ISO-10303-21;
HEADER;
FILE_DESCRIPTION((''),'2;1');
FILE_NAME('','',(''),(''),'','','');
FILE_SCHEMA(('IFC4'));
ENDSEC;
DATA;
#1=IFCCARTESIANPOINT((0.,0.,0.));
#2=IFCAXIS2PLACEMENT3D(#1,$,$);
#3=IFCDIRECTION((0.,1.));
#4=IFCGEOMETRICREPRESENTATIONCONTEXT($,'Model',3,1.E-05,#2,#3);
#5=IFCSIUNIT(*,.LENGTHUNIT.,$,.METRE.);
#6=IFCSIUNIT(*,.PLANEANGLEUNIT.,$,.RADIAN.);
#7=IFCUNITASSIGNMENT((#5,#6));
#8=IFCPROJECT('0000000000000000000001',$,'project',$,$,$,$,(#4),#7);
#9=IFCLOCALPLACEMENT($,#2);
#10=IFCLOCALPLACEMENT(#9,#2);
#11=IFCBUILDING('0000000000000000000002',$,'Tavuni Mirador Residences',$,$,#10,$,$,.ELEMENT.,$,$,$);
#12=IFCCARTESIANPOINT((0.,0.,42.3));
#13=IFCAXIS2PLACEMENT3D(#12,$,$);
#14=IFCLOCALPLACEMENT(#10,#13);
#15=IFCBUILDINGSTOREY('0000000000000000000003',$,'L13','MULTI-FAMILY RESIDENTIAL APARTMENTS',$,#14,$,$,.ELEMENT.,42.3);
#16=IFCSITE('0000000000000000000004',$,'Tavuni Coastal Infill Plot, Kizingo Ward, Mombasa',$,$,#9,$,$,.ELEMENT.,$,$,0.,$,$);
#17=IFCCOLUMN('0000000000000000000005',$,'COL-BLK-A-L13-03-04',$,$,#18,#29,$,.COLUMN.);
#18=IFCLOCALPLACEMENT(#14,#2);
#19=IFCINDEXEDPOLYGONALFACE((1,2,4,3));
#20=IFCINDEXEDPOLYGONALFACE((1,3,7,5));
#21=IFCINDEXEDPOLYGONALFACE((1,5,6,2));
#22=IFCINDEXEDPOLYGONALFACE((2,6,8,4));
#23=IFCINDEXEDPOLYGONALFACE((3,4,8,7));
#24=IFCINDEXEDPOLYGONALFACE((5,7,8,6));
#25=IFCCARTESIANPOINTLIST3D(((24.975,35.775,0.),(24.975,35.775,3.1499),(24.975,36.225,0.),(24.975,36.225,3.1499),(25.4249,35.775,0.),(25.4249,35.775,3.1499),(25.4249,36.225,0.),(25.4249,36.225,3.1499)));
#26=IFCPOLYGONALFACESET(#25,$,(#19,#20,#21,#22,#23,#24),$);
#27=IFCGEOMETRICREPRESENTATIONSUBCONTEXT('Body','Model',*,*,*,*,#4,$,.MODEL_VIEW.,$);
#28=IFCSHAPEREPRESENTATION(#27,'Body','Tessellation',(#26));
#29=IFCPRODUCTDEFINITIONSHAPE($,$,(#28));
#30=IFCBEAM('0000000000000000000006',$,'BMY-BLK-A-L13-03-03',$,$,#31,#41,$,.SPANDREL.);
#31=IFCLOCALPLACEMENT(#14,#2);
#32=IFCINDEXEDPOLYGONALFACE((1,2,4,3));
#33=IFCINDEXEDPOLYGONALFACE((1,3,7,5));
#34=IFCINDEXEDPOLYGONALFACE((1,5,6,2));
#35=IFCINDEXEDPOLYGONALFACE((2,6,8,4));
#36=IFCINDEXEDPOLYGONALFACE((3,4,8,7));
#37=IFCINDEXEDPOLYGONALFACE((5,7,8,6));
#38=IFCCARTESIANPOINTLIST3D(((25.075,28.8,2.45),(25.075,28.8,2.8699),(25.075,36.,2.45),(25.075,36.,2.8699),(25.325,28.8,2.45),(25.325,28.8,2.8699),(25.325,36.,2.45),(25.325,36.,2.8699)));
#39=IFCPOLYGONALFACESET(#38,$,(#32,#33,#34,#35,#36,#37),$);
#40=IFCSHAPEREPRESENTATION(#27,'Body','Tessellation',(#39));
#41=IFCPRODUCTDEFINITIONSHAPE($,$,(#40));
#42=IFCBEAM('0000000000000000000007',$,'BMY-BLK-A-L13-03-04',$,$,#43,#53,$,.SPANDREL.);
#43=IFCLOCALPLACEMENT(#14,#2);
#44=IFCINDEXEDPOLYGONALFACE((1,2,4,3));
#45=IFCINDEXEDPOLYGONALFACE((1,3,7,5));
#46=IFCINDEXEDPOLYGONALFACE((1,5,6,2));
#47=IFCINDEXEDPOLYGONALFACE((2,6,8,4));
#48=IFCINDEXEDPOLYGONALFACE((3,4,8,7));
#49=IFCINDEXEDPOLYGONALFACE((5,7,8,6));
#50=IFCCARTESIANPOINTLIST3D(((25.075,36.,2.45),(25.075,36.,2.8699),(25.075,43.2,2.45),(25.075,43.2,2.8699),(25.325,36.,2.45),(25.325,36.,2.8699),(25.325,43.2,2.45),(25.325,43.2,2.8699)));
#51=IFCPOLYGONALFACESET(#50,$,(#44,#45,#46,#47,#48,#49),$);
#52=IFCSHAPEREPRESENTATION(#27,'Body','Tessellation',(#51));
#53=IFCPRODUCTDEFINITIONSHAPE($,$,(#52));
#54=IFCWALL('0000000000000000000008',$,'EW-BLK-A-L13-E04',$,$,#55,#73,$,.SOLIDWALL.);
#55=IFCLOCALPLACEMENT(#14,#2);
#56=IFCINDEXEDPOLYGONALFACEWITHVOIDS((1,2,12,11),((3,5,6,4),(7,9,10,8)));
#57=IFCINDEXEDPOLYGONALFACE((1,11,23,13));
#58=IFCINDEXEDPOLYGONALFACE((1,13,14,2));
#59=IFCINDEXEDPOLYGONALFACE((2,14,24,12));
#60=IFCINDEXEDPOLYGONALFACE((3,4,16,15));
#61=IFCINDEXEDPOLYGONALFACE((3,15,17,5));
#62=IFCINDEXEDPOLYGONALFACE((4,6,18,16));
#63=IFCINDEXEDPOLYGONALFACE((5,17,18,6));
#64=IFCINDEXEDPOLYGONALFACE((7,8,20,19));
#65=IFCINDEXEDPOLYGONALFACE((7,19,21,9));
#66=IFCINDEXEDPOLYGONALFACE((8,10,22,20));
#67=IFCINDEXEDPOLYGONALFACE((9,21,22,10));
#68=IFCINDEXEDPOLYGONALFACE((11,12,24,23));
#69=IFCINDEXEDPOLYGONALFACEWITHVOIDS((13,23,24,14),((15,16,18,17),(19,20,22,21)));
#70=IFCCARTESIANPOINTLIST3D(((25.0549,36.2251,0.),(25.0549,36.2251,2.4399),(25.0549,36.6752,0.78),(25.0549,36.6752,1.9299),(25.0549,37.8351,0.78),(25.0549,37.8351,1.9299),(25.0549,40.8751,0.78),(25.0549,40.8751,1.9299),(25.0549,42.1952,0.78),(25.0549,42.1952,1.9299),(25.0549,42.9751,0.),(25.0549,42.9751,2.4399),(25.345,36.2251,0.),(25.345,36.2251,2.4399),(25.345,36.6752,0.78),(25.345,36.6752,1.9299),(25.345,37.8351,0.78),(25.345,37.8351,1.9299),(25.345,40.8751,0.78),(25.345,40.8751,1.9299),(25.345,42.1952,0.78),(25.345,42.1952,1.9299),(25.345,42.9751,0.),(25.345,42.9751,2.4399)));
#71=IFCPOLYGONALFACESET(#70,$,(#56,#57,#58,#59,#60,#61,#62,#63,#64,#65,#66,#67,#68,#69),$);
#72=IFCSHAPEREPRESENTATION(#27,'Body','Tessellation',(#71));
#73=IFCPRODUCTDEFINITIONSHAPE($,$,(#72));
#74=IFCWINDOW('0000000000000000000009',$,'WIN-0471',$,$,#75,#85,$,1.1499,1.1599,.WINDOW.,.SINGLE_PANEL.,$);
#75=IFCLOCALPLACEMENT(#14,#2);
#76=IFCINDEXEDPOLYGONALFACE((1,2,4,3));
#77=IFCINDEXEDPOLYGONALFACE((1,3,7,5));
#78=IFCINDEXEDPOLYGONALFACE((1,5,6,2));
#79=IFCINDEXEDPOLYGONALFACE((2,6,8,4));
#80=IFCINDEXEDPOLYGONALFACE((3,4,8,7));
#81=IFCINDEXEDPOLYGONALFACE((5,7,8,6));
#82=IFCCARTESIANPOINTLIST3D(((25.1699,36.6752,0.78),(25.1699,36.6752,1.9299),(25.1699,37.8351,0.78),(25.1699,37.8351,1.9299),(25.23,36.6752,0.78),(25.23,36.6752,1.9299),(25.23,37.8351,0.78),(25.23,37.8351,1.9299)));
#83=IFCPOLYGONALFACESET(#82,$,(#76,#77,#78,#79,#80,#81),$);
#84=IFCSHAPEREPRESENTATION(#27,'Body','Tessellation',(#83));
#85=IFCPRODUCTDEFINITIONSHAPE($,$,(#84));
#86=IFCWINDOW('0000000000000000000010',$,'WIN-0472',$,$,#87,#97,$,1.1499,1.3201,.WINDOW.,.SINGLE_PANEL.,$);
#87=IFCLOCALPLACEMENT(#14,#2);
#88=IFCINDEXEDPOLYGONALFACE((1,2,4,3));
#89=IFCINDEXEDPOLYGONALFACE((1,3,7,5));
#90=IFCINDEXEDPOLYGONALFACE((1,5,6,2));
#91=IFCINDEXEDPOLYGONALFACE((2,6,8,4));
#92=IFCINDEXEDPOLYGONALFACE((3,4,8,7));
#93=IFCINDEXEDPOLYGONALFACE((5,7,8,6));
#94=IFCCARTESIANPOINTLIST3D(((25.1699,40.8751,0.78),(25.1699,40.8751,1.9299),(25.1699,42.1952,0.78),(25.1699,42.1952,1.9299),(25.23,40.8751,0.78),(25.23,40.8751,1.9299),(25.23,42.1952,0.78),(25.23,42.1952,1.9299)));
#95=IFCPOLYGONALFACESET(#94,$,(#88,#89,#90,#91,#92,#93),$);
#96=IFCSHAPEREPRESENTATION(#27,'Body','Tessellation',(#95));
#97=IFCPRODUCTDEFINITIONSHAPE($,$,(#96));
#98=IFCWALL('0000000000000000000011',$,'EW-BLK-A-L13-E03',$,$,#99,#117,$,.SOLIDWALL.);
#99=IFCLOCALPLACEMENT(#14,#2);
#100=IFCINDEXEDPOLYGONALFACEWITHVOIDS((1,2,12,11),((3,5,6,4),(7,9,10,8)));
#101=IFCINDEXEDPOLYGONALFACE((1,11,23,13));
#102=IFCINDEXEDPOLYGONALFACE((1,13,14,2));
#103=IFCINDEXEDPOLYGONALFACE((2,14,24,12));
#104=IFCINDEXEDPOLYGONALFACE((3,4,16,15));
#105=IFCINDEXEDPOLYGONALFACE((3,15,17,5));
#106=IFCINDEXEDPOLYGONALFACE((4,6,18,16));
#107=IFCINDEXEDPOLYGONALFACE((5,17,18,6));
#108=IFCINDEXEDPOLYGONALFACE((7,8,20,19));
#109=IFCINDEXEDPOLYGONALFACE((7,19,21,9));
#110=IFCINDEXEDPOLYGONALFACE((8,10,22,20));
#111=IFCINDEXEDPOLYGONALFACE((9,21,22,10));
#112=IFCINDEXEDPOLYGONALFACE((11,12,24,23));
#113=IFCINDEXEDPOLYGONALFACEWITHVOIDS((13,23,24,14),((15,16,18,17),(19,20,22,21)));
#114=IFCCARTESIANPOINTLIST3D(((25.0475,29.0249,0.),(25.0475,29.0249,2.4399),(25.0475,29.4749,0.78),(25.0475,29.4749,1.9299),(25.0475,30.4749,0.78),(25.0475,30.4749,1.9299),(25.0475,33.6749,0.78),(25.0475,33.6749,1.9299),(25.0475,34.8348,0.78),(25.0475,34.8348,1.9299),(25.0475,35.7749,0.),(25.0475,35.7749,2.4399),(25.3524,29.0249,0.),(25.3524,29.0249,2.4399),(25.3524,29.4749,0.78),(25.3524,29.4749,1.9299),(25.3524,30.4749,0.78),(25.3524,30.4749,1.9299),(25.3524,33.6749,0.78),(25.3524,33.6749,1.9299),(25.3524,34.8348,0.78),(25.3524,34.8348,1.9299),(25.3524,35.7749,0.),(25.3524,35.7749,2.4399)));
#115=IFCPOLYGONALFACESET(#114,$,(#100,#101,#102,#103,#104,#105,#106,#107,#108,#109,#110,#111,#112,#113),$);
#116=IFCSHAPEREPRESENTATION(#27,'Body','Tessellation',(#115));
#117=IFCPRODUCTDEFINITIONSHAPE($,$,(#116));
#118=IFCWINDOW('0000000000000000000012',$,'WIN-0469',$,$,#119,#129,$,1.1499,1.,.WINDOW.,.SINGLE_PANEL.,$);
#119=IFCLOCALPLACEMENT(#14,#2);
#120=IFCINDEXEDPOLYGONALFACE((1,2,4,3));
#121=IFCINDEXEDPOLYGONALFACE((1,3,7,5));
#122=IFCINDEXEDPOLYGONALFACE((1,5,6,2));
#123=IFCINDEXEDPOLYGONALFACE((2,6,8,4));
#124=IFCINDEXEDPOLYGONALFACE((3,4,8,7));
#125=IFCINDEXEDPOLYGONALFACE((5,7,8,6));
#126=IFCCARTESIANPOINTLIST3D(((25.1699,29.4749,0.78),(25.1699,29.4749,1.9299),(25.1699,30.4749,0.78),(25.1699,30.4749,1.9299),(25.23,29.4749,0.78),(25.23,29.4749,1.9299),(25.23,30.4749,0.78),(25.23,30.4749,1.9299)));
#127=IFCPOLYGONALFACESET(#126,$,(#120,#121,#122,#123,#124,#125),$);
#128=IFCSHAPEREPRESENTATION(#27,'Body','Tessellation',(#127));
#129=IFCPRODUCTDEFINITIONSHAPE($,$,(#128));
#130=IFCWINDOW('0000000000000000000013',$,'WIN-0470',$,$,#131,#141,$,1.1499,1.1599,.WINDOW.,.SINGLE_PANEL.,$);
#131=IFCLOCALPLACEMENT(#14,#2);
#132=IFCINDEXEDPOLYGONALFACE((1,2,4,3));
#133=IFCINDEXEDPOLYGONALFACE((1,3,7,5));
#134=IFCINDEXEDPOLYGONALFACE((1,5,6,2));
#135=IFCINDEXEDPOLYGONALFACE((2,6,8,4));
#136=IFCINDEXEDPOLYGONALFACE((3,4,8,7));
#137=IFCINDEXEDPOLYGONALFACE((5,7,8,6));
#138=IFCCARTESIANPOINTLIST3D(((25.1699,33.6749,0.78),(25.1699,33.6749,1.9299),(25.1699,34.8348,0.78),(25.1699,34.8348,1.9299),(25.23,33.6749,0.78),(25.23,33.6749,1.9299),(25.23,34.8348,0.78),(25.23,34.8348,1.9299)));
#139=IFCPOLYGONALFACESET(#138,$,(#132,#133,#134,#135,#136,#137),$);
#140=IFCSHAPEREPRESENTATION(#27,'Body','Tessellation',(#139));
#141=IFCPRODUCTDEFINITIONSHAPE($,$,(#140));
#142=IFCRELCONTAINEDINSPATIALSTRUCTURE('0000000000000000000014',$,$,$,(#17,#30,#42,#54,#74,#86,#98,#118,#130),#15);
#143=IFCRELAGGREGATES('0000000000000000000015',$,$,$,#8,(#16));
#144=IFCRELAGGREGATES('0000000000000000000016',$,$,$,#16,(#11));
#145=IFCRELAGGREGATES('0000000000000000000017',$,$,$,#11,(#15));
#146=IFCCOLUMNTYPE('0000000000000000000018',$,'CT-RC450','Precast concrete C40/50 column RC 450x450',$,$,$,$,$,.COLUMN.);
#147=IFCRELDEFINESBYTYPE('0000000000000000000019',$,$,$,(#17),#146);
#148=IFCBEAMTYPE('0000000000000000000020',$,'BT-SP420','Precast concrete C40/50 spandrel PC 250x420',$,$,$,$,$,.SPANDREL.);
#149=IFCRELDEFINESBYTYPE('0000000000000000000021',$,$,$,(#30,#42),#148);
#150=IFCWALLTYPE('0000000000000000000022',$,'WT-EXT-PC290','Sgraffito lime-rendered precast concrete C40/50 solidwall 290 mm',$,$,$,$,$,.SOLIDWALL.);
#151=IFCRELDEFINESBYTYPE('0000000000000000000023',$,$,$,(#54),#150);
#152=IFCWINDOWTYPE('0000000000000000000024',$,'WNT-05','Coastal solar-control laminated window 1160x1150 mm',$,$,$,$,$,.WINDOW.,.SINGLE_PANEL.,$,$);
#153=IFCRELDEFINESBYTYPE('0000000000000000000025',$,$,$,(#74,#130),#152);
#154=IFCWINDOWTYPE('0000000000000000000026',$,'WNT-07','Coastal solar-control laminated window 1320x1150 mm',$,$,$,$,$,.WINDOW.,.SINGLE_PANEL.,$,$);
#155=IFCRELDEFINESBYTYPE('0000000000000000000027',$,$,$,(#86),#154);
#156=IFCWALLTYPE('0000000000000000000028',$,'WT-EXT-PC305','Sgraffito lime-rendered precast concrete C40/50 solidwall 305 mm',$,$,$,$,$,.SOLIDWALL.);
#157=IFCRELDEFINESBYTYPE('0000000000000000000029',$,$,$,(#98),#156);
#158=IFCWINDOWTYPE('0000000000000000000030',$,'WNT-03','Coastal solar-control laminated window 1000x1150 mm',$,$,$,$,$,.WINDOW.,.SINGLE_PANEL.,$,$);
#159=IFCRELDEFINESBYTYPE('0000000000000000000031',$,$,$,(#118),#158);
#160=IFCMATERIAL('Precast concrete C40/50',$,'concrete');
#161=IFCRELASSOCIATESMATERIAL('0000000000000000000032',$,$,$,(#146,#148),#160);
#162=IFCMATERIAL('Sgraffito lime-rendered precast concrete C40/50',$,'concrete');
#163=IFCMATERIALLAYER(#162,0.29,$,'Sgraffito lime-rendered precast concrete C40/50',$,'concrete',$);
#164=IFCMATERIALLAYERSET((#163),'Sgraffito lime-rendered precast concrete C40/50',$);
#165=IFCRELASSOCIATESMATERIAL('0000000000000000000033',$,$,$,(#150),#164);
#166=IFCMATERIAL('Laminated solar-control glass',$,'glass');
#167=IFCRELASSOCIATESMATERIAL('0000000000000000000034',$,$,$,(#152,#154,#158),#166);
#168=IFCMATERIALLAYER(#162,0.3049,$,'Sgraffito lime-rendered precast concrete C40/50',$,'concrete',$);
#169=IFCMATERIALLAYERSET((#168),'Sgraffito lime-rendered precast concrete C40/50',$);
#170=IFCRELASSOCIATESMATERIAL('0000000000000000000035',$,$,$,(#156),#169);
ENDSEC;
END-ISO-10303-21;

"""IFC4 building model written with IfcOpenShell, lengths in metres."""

from ifc_helpers import new_model, si_unit, direction, frame, frame_2d, origin, origin_2d, place, context, subcontext, project, spatial, rectangle, extrude, material, layer, layer_set, material_profile, profile_set, type_object, element, fill, save


model = new_model("IFC4")

# Units and contexts
model_context = context("Model", 3, precision=1e-05, world=origin(), true_north=direction((0.0, 1.0)))
body_context = subcontext(model_context, "Body", "Model", "MODEL_VIEW")
ifc_project = project(units=[si_unit("LENGTHUNIT", "METRE"), si_unit("PLANEANGLEUNIT", "RADIAN")], contexts=[model_context])

# Site, building, storey
site_placement = place(None, origin())
site = spatial("IfcSite", under=ifc_project, at=site_placement, Name="Tavuni Coastal Infill Plot, Kizingo Ward, Mombasa", CompositionType="ELEMENT", RefElevation=0.0)
building_placement = place(site_placement, origin())
building = spatial("IfcBuilding", under=site, at=building_placement, Name="Tavuni Mirador Residences", CompositionType="ELEMENT")
storey_placement = place(building_placement, frame((0.0, 0.0, 42.3)))
storey = spatial("IfcBuildingStorey", under=building, at=storey_placement, Name="L13", Description="MULTI-FAMILY RESIDENTIAL APARTMENTS", CompositionType="ELEMENT", Elevation=42.3)

# Column
ifc_material_1 = material(Name="Precast concrete C40/50", Category="concrete")
ifc_material_profile_1 = material_profile(ifc_material_1, rectangle(XDim=0.45, YDim=0.45, at=origin_2d()), Name="RC 450x450", Category="concrete")
ifc_profile_set_1 = profile_set([ifc_material_profile_1], Name="Precast concrete C40/50")
column_type = type_object("IfcColumnType", Name="CT-RC450", Description="Precast concrete C40/50 column RC 450x450", PredefinedType="COLUMN", material=ifc_profile_set_1)
column_placement = place(storey_placement, frame((25.2, 36.0, 0.0), z_axis=(0.0, 0.0, 1.0), x_axis=(1.0, 0.0, 0.0)))
element("IfcColumn", 1, at=column_placement, inside=storey, type_object=column_type, Name="COL-BLK-A-L13-03-04", PredefinedType="COLUMN", context=body_context, shape_type="SweptSolid", body=[
    extrude(rectangle(XDim=0.45, YDim=0.45, at=origin_2d()), origin(), (0.0, 0.0, 1.0), 3.1499),
])

# Beams
ifc_material_profile_2 = material_profile(ifc_material_1, rectangle(XDim=0.25, YDim=0.4199, at=origin_2d()), Name="PC 250x420", Category="concrete")
ifc_profile_set_2 = profile_set([ifc_material_profile_2], Name="Precast concrete C40/50")
beam_type = type_object("IfcBeamType", Name="BT-SP420", Description="Precast concrete C40/50 spandrel PC 250x420", PredefinedType="SPANDREL", material=ifc_profile_set_2)
for number, where, z_axis, x_axis, name in (
    (2, (25.2, 28.8, 2.6599), (0.0, 1.0, 0.0), (-1.0, 0.0, 0.0), "BMY-BLK-A-L13-03-03"),
    (3, (25.2, 36.0, 2.6599), (0.0, 1.0, 0.0), (-1.0, 0.0, 0.0), "BMY-BLK-A-L13-03-04"),
):
    element("IfcBeam", number, at=place(storey_placement, frame(where, z_axis=z_axis, x_axis=x_axis)), inside=storey, type_object=beam_type, Name=name, PredefinedType="SPANDREL", context=body_context, shape_type="SweptSolid", body=[
        extrude(rectangle(XDim=0.25, YDim=0.4199, at=origin_2d()), origin(), (0.0, 0.0, 1.0), 7.2),
    ])

# Walls, openings, windows
ifc_material_2 = material(Name="Sgraffito lime-rendered precast concrete C40/50", Category="concrete")
ifc_layer_1 = layer(ifc_material_2, 0.29, Name="Sgraffito lime-rendered precast concrete C40/50", Category="concrete")
ifc_layer_set_1 = layer_set([ifc_layer_1], Name="Sgraffito lime-rendered precast concrete C40/50")
wall_type_1 = type_object("IfcWallType", Name="WT-EXT-PC290", Description="Sgraffito lime-rendered precast concrete C40/50 solidwall 290 mm", PredefinedType="SOLIDWALL", material=ifc_layer_set_1)
wall_1_placement = place(storey_placement, frame((25.2, 36.2251, 0.0), z_axis=(0.0, 0.0, 1.0), x_axis=(0.0, 1.0, 0.0)))
wall_1 = element("IfcWall", 4, at=wall_1_placement, inside=storey, type_object=wall_type_1, Name="EW-BLK-A-L13-E04", PredefinedType="SOLIDWALL", context=body_context, shape_type="SweptSolid", body=[
    extrude(rectangle(XDim=6.75, YDim=0.29, at=frame_2d((3.375, 0.0))), origin(), (0.0, 0.0, 1.0), 2.4399),
])
opening_1_placement = place(wall_1_placement, frame((0.45, 0.0, 0.78)))
opening_1 = element("IfcOpeningElement", 5, at=opening_1_placement, cuts=wall_1, PredefinedType="OPENING", context=body_context, shape_type="SweptSolid", body=[
    extrude(rectangle(XDim=1.1599, YDim=1.1499, at=frame_2d((0.5801, 0.575))), frame((0.0, 0.155, 0.0), z_axis=(0.0, -1.0, 0.0), x_axis=(1.0, 0.0, 0.0)), (0.0, 0.0, 1.0), 0.3101),
])
opening_2_placement = place(wall_1_placement, frame((4.6499, 0.0, 0.78)))
opening_2 = element("IfcOpeningElement", 6, at=opening_2_placement, cuts=wall_1, PredefinedType="OPENING", context=body_context, shape_type="SweptSolid", body=[
    extrude(rectangle(XDim=1.3201, YDim=1.1499, at=frame_2d((0.6602, 0.575))), frame((0.0, 0.155, 0.0), z_axis=(0.0, -1.0, 0.0), x_axis=(1.0, 0.0, 0.0)), (0.0, 0.0, 1.0), 0.3101),
])
ifc_material_3 = material(Name="Laminated solar-control glass", Category="glass")
window_type_1 = type_object("IfcWindowType", Name="WNT-05", Description="Coastal solar-control laminated window 1160x1150 mm", PartitioningType="SINGLE_PANEL", PredefinedType="WINDOW", material=ifc_material_3)
window_1_placement = place(opening_1_placement, origin())
window_1 = element("IfcWindow", 7, at=window_1_placement, inside=storey, type_object=window_type_1, Name="WIN-0471", OverallHeight=1.1499, OverallWidth=1.1599, PartitioningType="SINGLE_PANEL", PredefinedType="WINDOW", context=body_context, shape_type="SweptSolid", body=[
    extrude(rectangle(XDim=1.1599, YDim=1.1499, at=frame_2d((0.5801, 0.575))), frame((0.0, 0.03, 0.0), z_axis=(0.0, -1.0, 0.0), x_axis=(1.0, 0.0, 0.0)), (0.0, 0.0, 1.0), 0.0601),
])
fill(opening_1, window_1)
window_type_2 = type_object("IfcWindowType", Name="WNT-07", Description="Coastal solar-control laminated window 1320x1150 mm", PartitioningType="SINGLE_PANEL", PredefinedType="WINDOW", material=ifc_material_3)
window_2_placement = place(opening_2_placement, origin())
window_2 = element("IfcWindow", 8, at=window_2_placement, inside=storey, type_object=window_type_2, Name="WIN-0472", OverallHeight=1.1499, OverallWidth=1.3201, PartitioningType="SINGLE_PANEL", PredefinedType="WINDOW", context=body_context, shape_type="SweptSolid", body=[
    extrude(rectangle(XDim=1.3201, YDim=1.1499, at=frame_2d((0.6602, 0.575))), frame((0.0, 0.03, 0.0), z_axis=(0.0, -1.0, 0.0), x_axis=(1.0, 0.0, 0.0)), (0.0, 0.0, 1.0), 0.0601),
])
fill(opening_2, window_2)
ifc_layer_2 = layer(ifc_material_2, 0.3049, Name="Sgraffito lime-rendered precast concrete C40/50", Category="concrete")
ifc_layer_set_2 = layer_set([ifc_layer_2], Name="Sgraffito lime-rendered precast concrete C40/50")
wall_type_2 = type_object("IfcWallType", Name="WT-EXT-PC305", Description="Sgraffito lime-rendered precast concrete C40/50 solidwall 305 mm", PredefinedType="SOLIDWALL", material=ifc_layer_set_2)
wall_2_placement = place(storey_placement, frame((25.2, 29.0249, 0.0), z_axis=(0.0, 0.0, 1.0), x_axis=(0.0, 1.0, 0.0)))
wall_2 = element("IfcWall", 9, at=wall_2_placement, inside=storey, type_object=wall_type_2, Name="EW-BLK-A-L13-E03", PredefinedType="SOLIDWALL", context=body_context, shape_type="SweptSolid", body=[
    extrude(rectangle(XDim=6.75, YDim=0.3049, at=frame_2d((3.375, 0.0))), origin(), (0.0, 0.0, 1.0), 2.4399),
])
opening_3_placement = place(wall_2_placement, frame((0.45, 0.0, 0.78)))
opening_3 = element("IfcOpeningElement", 10, at=opening_3_placement, cuts=wall_2, PredefinedType="OPENING", context=body_context, shape_type="SweptSolid", body=[
    extrude(rectangle(XDim=1.0, YDim=1.1499, at=frame_2d((0.5, 0.575))), frame((0.0, 0.1626, 0.0), z_axis=(0.0, -1.0, 0.0), x_axis=(1.0, 0.0, 0.0)), (0.0, 0.0, 1.0), 0.325),
])
opening_4_placement = place(wall_2_placement, frame((4.6499, 0.0, 0.78)))
opening_4 = element("IfcOpeningElement", 11, at=opening_4_placement, cuts=wall_2, PredefinedType="OPENING", context=body_context, shape_type="SweptSolid", body=[
    extrude(rectangle(XDim=1.1599, YDim=1.1499, at=frame_2d((0.5801, 0.575))), frame((0.0, 0.1626, 0.0), z_axis=(0.0, -1.0, 0.0), x_axis=(1.0, 0.0, 0.0)), (0.0, 0.0, 1.0), 0.325),
])
window_type_3 = type_object("IfcWindowType", Name="WNT-03", Description="Coastal solar-control laminated window 1000x1150 mm", PartitioningType="SINGLE_PANEL", PredefinedType="WINDOW", material=ifc_material_3)
window_3_placement = place(opening_3_placement, origin())
window_3 = element("IfcWindow", 12, at=window_3_placement, inside=storey, type_object=window_type_3, Name="WIN-0469", OverallHeight=1.1499, OverallWidth=1.0, PartitioningType="SINGLE_PANEL", PredefinedType="WINDOW", context=body_context, shape_type="SweptSolid", body=[
    extrude(rectangle(XDim=1.0, YDim=1.1499, at=frame_2d((0.5, 0.575))), frame((0.0, 0.03, 0.0), z_axis=(0.0, -1.0, 0.0), x_axis=(1.0, 0.0, 0.0)), (0.0, 0.0, 1.0), 0.0601),
])
fill(opening_3, window_3)
window_4_placement = place(opening_4_placement, origin())
window_4 = element("IfcWindow", 13, at=window_4_placement, inside=storey, type_object=window_type_1, Name="WIN-0470", OverallHeight=1.1499, OverallWidth=1.1599, PartitioningType="SINGLE_PANEL", PredefinedType="WINDOW", context=body_context, shape_type="SweptSolid", body=[
    extrude(rectangle(XDim=1.1599, YDim=1.1499, at=frame_2d((0.5801, 0.575))), frame((0.0, 0.03, 0.0), z_axis=(0.0, -1.0, 0.0), x_axis=(1.0, 0.0, 0.0)), (0.0, 0.0, 1.0), 0.0601),
])
fill(opening_4, window_4)

save(model, "model.ifc")
